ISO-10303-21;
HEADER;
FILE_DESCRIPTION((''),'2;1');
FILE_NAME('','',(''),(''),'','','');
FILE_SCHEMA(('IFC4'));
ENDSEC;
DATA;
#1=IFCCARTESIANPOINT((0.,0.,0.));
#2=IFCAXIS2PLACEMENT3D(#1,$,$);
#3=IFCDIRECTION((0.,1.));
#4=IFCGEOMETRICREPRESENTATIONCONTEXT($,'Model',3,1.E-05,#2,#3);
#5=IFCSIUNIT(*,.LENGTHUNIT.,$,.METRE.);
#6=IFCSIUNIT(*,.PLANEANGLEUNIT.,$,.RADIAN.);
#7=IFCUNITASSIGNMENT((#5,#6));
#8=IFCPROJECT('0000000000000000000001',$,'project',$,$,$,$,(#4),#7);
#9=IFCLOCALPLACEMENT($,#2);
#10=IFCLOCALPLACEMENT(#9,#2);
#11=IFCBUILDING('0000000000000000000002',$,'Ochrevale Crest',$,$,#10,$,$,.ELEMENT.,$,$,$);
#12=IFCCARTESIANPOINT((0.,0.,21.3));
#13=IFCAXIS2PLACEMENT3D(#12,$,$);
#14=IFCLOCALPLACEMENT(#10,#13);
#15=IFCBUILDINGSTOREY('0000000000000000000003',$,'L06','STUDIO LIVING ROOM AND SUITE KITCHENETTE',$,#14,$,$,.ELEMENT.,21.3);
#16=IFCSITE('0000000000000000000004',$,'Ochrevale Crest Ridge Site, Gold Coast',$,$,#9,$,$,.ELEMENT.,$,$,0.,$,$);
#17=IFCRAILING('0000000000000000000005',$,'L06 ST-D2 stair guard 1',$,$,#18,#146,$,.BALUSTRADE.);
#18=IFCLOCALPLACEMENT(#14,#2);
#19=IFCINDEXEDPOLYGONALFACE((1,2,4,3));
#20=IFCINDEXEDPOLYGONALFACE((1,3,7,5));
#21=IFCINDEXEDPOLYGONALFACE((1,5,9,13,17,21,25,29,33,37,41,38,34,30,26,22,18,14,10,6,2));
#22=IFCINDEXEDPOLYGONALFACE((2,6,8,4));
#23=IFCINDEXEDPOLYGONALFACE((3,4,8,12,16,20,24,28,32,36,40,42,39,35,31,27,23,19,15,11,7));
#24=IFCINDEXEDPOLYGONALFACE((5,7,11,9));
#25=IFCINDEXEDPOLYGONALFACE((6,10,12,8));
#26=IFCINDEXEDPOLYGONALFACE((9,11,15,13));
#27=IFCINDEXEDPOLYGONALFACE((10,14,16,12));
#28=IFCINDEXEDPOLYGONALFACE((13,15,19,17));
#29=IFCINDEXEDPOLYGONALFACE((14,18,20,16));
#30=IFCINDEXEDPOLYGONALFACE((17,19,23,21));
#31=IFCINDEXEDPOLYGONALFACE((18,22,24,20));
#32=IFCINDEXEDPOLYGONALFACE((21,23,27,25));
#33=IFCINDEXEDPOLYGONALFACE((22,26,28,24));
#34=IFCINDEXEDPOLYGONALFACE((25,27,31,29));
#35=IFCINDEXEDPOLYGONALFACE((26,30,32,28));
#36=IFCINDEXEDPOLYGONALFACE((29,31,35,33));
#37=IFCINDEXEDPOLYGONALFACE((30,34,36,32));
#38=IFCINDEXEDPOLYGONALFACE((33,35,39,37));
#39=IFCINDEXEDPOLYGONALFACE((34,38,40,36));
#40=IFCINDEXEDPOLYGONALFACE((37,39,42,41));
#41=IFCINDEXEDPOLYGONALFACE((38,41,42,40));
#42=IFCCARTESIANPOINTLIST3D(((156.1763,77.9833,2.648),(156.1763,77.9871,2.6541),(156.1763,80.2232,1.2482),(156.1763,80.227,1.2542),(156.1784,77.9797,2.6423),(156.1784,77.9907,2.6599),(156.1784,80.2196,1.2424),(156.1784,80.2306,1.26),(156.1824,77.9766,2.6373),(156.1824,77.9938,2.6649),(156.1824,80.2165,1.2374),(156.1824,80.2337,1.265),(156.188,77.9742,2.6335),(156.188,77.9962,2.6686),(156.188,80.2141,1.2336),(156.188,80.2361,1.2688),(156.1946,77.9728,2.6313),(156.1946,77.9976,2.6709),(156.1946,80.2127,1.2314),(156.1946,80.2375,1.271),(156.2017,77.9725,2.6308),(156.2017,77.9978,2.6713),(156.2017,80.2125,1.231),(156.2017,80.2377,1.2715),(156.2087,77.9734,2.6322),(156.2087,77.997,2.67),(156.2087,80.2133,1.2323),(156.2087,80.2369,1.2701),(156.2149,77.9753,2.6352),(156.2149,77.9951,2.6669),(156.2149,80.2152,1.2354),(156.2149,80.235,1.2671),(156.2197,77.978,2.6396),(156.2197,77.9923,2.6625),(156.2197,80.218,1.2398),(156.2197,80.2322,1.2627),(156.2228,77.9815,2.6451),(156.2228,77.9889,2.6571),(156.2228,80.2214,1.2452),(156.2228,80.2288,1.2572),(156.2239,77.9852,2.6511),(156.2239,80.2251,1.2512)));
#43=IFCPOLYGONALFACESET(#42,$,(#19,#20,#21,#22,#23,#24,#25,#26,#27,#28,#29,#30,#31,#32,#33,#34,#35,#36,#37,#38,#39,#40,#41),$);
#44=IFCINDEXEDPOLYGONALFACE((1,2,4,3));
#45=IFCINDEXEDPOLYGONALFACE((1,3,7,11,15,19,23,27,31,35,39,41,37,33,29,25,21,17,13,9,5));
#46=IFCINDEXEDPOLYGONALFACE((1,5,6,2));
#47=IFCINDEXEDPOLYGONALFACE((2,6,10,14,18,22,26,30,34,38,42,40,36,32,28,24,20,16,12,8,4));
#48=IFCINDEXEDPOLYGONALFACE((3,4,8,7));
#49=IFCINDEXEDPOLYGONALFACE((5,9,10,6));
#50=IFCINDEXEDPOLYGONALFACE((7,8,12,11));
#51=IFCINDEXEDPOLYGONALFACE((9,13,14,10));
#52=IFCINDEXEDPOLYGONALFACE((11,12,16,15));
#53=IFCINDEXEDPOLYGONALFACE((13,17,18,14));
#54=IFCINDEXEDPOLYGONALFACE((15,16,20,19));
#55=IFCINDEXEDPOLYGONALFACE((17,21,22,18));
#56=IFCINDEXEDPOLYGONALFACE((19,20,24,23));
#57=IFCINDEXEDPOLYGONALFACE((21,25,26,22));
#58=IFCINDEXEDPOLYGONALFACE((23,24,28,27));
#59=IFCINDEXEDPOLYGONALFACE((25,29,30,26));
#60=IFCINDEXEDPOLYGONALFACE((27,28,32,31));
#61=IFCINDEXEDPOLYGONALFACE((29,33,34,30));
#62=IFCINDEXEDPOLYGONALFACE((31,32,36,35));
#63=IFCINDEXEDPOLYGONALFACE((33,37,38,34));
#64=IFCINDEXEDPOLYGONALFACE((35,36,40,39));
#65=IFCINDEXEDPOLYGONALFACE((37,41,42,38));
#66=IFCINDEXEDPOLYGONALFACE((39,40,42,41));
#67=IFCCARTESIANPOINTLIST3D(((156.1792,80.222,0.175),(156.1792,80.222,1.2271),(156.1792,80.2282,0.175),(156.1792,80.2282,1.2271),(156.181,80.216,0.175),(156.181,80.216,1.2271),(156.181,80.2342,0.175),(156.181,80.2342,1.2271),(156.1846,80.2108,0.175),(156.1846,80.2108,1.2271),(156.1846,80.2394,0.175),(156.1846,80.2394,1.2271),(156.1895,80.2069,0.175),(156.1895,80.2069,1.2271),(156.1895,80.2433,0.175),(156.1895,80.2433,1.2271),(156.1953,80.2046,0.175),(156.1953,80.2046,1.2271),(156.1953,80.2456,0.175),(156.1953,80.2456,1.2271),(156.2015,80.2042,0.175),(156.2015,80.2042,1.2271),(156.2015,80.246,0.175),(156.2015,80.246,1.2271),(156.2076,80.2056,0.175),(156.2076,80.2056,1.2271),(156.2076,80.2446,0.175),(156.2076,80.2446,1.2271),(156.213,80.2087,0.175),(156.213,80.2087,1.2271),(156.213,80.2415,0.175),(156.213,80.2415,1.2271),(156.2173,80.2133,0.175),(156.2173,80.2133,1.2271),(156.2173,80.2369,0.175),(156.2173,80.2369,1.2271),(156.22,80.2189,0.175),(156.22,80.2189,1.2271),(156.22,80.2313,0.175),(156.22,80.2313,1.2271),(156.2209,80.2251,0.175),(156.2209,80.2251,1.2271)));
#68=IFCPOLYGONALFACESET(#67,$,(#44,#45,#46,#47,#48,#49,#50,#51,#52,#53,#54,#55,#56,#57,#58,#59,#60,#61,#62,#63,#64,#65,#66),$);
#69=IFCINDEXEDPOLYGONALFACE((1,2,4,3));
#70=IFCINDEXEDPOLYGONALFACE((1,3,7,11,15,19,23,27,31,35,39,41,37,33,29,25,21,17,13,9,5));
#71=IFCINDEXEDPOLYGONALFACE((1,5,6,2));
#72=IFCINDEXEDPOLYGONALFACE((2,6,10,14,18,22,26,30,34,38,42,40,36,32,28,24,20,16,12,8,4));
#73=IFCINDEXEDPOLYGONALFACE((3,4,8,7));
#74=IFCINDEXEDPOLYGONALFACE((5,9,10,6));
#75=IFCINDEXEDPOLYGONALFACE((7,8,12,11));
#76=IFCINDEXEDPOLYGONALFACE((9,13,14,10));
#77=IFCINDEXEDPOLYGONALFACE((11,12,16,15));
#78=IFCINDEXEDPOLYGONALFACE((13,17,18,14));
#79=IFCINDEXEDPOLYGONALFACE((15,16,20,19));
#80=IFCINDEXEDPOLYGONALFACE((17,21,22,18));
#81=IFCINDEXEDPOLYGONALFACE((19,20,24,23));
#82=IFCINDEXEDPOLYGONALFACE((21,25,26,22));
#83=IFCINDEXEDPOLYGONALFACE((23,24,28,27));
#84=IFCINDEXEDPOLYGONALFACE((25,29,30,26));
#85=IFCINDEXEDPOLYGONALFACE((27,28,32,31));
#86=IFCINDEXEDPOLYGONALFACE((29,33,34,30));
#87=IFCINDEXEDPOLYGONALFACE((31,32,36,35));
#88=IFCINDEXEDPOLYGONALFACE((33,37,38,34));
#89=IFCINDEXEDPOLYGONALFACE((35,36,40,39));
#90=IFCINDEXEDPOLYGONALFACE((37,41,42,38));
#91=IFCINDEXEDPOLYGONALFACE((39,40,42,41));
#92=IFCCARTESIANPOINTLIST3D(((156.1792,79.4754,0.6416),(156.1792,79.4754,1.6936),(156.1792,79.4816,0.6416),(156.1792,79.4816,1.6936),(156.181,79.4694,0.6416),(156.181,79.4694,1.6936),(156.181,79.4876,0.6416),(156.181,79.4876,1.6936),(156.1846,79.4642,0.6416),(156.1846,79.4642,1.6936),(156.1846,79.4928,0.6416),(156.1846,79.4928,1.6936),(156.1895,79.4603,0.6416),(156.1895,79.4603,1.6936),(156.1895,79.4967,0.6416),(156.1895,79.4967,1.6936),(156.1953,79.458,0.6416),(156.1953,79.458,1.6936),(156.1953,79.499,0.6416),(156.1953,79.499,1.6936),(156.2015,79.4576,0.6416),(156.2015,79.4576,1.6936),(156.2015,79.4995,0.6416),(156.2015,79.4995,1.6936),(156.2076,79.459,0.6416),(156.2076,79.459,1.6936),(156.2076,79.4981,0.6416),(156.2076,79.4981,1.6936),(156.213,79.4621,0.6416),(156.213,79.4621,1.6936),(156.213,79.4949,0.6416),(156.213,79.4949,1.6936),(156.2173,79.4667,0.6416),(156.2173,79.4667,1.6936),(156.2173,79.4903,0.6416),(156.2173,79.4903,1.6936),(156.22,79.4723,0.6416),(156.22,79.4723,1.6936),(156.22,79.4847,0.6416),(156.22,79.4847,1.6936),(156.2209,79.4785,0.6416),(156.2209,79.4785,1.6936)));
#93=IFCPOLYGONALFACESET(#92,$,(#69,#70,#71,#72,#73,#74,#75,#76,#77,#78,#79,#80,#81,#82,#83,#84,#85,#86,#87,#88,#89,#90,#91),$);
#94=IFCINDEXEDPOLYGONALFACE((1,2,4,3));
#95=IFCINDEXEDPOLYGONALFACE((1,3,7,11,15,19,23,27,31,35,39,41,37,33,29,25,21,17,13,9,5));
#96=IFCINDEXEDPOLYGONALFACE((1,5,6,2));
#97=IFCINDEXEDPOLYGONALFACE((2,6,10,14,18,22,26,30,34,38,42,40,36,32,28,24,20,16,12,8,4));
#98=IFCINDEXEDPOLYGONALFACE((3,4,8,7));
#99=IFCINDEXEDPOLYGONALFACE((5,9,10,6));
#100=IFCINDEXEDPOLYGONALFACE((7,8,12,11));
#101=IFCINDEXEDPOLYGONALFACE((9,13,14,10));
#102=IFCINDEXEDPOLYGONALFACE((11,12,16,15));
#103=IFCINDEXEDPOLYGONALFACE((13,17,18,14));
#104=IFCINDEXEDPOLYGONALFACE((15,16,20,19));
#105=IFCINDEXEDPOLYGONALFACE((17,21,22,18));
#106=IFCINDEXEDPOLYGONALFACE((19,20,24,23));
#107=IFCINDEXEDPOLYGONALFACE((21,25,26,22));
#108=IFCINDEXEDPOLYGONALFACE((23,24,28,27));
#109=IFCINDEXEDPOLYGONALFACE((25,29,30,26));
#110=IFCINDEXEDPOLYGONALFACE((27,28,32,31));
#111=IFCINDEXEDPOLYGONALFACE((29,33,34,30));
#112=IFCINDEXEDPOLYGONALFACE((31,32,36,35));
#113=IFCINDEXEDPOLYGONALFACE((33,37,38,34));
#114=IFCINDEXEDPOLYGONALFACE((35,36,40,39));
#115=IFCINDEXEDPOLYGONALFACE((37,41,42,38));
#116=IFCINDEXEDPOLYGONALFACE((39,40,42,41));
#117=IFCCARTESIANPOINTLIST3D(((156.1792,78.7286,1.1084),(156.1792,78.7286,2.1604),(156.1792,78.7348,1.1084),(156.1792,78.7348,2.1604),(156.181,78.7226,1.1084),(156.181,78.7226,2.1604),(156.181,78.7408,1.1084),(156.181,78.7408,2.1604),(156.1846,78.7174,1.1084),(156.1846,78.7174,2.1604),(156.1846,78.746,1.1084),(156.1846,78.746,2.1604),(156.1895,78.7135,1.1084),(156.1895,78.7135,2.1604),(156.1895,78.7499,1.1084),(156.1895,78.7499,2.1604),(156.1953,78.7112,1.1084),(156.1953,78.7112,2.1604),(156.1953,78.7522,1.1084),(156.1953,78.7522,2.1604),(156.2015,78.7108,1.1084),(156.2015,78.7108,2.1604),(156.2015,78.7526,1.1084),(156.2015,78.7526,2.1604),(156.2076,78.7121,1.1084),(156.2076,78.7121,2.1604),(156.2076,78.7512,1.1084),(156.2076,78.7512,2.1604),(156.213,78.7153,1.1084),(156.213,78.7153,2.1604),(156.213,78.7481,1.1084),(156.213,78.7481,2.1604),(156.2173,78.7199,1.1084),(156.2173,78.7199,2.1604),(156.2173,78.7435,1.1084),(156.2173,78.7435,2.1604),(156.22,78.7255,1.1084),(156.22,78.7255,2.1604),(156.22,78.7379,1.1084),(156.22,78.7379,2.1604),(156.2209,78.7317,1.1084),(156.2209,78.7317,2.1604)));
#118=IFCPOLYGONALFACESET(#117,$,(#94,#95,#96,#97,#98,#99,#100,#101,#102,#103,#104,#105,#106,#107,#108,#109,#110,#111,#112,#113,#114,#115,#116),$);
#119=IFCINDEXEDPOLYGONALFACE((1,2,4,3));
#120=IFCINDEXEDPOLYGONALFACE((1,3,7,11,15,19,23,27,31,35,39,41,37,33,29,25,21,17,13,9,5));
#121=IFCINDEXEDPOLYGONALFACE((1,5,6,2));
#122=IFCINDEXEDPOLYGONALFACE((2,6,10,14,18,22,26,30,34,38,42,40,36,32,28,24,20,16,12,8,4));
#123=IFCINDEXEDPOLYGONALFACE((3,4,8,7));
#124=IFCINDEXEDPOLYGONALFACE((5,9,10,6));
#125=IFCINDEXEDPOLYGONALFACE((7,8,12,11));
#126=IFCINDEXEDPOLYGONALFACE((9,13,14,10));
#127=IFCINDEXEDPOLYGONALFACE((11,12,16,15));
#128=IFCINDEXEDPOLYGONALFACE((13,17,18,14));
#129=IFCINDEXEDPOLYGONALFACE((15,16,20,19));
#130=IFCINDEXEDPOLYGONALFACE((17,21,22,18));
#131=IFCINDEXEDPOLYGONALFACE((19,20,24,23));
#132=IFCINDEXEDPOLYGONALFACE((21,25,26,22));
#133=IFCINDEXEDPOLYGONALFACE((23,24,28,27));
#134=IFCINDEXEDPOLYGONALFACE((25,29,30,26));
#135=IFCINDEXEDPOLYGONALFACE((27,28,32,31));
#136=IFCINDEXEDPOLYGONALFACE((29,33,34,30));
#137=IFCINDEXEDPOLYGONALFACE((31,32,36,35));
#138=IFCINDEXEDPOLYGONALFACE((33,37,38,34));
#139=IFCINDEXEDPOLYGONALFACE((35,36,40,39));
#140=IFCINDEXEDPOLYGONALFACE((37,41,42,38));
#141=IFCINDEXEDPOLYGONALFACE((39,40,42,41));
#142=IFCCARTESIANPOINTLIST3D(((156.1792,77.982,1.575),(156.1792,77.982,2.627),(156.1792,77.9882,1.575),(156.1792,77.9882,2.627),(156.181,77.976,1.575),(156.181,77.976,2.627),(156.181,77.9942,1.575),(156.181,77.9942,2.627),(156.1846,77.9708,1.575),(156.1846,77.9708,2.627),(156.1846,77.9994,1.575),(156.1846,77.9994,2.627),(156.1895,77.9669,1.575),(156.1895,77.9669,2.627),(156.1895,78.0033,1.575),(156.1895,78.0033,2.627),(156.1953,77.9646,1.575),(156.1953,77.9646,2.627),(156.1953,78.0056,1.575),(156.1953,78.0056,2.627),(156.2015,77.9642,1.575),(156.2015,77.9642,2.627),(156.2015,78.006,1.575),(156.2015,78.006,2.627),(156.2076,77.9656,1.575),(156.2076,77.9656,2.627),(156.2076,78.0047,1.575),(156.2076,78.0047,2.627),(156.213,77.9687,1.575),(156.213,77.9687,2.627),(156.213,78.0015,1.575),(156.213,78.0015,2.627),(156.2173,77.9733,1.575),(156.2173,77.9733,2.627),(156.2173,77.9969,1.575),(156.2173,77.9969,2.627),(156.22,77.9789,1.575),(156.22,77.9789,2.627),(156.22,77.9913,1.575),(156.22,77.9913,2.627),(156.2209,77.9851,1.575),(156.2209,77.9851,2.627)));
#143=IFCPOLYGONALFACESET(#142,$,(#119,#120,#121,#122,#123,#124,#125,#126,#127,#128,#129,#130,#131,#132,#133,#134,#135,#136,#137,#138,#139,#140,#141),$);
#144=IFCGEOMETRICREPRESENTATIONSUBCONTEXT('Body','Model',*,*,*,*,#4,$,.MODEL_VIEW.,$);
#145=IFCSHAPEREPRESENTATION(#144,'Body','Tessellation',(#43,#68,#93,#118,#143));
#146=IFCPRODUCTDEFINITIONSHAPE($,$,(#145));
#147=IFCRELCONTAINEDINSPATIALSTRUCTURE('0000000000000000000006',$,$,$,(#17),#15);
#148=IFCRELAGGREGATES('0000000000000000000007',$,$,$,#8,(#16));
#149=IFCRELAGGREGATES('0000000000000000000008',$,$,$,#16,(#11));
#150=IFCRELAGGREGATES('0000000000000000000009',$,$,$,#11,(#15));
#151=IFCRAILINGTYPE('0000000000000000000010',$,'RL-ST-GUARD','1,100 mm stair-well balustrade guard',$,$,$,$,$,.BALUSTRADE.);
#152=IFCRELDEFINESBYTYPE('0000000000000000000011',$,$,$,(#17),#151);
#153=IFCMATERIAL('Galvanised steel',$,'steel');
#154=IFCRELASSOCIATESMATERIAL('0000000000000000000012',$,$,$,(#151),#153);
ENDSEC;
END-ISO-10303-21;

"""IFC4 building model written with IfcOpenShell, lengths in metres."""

from ifc_helpers import new_model, si_unit, direction, frame, origin, origin_2d, place, context, subcontext, project, spatial, circle, extrude, material, type_object, element, save


model = new_model("IFC4")

# Units and contexts
model_context = context("Model", 3, precision=1e-05, world=origin(), true_north=direction((0.0, 1.0)))
body_context = subcontext(model_context, "Body", "Model", "MODEL_VIEW")
ifc_project = project(units=[si_unit("LENGTHUNIT", "METRE"), si_unit("PLANEANGLEUNIT", "RADIAN")], contexts=[model_context])

# Site, building, storey
site_placement = place(None, origin())
site = spatial("IfcSite", under=ifc_project, at=site_placement, Name="Ochrevale Crest Ridge Site, Gold Coast", CompositionType="ELEMENT", RefElevation=0.0)
building_placement = place(site_placement, origin())
building = spatial("IfcBuilding", under=site, at=building_placement, Name="Ochrevale Crest", CompositionType="ELEMENT")
storey_placement = place(building_placement, frame((0.0, 0.0, 21.3)))
storey = spatial("IfcBuildingStorey", under=building, at=storey_placement, Name="L06", Description="STUDIO LIVING ROOM AND SUITE KITCHENETTE", CompositionType="ELEMENT", Elevation=21.3)

# Railing
ifc_material_1 = material(Name="Galvanised steel", Category="steel")
railing_type = type_object("IfcRailingType", Name="RL-ST-GUARD", Description="1,100 mm stair-well balustrade guard", PredefinedType="BALUSTRADE", material=ifc_material_1)
railing_1_placement = place(storey_placement, frame((156.2, 80.2251, 0.175)))
element("IfcRailing", 1, at=railing_1_placement, inside=storey, type_object=railing_type, Name="L06 ST-D2 stair guard 1", PredefinedType="BALUSTRADE", context=body_context, shape_type="SweptSolid", body=[
    extrude(circle(Radius=0.0239, at=origin_2d()), frame((0.0, 0.0, 1.0762), z_axis=(0.0, -0.848014, 0.529974), x_axis=(1.0, 0.0, 0.0)), (0.0, 0.0, 1.0), 2.6414),
    extrude(circle(Radius=0.021, at=origin_2d()), origin(), (0.0, 0.0, 1.0), 1.052),
    extrude(circle(Radius=0.021, at=origin_2d()), frame((0.0, -0.7466, 0.4666)), (0.0, 0.0, 1.0), 1.052),
    extrude(circle(Radius=0.021, at=origin_2d()), frame((0.0, -1.4934, 0.9333)), (0.0, 0.0, 1.0), 1.052),
    extrude(circle(Radius=0.021, at=origin_2d()), frame((0.0, -2.24, 1.3999)), (0.0, 0.0, 1.0), 1.052),
])

save(model, "model.ifc")
